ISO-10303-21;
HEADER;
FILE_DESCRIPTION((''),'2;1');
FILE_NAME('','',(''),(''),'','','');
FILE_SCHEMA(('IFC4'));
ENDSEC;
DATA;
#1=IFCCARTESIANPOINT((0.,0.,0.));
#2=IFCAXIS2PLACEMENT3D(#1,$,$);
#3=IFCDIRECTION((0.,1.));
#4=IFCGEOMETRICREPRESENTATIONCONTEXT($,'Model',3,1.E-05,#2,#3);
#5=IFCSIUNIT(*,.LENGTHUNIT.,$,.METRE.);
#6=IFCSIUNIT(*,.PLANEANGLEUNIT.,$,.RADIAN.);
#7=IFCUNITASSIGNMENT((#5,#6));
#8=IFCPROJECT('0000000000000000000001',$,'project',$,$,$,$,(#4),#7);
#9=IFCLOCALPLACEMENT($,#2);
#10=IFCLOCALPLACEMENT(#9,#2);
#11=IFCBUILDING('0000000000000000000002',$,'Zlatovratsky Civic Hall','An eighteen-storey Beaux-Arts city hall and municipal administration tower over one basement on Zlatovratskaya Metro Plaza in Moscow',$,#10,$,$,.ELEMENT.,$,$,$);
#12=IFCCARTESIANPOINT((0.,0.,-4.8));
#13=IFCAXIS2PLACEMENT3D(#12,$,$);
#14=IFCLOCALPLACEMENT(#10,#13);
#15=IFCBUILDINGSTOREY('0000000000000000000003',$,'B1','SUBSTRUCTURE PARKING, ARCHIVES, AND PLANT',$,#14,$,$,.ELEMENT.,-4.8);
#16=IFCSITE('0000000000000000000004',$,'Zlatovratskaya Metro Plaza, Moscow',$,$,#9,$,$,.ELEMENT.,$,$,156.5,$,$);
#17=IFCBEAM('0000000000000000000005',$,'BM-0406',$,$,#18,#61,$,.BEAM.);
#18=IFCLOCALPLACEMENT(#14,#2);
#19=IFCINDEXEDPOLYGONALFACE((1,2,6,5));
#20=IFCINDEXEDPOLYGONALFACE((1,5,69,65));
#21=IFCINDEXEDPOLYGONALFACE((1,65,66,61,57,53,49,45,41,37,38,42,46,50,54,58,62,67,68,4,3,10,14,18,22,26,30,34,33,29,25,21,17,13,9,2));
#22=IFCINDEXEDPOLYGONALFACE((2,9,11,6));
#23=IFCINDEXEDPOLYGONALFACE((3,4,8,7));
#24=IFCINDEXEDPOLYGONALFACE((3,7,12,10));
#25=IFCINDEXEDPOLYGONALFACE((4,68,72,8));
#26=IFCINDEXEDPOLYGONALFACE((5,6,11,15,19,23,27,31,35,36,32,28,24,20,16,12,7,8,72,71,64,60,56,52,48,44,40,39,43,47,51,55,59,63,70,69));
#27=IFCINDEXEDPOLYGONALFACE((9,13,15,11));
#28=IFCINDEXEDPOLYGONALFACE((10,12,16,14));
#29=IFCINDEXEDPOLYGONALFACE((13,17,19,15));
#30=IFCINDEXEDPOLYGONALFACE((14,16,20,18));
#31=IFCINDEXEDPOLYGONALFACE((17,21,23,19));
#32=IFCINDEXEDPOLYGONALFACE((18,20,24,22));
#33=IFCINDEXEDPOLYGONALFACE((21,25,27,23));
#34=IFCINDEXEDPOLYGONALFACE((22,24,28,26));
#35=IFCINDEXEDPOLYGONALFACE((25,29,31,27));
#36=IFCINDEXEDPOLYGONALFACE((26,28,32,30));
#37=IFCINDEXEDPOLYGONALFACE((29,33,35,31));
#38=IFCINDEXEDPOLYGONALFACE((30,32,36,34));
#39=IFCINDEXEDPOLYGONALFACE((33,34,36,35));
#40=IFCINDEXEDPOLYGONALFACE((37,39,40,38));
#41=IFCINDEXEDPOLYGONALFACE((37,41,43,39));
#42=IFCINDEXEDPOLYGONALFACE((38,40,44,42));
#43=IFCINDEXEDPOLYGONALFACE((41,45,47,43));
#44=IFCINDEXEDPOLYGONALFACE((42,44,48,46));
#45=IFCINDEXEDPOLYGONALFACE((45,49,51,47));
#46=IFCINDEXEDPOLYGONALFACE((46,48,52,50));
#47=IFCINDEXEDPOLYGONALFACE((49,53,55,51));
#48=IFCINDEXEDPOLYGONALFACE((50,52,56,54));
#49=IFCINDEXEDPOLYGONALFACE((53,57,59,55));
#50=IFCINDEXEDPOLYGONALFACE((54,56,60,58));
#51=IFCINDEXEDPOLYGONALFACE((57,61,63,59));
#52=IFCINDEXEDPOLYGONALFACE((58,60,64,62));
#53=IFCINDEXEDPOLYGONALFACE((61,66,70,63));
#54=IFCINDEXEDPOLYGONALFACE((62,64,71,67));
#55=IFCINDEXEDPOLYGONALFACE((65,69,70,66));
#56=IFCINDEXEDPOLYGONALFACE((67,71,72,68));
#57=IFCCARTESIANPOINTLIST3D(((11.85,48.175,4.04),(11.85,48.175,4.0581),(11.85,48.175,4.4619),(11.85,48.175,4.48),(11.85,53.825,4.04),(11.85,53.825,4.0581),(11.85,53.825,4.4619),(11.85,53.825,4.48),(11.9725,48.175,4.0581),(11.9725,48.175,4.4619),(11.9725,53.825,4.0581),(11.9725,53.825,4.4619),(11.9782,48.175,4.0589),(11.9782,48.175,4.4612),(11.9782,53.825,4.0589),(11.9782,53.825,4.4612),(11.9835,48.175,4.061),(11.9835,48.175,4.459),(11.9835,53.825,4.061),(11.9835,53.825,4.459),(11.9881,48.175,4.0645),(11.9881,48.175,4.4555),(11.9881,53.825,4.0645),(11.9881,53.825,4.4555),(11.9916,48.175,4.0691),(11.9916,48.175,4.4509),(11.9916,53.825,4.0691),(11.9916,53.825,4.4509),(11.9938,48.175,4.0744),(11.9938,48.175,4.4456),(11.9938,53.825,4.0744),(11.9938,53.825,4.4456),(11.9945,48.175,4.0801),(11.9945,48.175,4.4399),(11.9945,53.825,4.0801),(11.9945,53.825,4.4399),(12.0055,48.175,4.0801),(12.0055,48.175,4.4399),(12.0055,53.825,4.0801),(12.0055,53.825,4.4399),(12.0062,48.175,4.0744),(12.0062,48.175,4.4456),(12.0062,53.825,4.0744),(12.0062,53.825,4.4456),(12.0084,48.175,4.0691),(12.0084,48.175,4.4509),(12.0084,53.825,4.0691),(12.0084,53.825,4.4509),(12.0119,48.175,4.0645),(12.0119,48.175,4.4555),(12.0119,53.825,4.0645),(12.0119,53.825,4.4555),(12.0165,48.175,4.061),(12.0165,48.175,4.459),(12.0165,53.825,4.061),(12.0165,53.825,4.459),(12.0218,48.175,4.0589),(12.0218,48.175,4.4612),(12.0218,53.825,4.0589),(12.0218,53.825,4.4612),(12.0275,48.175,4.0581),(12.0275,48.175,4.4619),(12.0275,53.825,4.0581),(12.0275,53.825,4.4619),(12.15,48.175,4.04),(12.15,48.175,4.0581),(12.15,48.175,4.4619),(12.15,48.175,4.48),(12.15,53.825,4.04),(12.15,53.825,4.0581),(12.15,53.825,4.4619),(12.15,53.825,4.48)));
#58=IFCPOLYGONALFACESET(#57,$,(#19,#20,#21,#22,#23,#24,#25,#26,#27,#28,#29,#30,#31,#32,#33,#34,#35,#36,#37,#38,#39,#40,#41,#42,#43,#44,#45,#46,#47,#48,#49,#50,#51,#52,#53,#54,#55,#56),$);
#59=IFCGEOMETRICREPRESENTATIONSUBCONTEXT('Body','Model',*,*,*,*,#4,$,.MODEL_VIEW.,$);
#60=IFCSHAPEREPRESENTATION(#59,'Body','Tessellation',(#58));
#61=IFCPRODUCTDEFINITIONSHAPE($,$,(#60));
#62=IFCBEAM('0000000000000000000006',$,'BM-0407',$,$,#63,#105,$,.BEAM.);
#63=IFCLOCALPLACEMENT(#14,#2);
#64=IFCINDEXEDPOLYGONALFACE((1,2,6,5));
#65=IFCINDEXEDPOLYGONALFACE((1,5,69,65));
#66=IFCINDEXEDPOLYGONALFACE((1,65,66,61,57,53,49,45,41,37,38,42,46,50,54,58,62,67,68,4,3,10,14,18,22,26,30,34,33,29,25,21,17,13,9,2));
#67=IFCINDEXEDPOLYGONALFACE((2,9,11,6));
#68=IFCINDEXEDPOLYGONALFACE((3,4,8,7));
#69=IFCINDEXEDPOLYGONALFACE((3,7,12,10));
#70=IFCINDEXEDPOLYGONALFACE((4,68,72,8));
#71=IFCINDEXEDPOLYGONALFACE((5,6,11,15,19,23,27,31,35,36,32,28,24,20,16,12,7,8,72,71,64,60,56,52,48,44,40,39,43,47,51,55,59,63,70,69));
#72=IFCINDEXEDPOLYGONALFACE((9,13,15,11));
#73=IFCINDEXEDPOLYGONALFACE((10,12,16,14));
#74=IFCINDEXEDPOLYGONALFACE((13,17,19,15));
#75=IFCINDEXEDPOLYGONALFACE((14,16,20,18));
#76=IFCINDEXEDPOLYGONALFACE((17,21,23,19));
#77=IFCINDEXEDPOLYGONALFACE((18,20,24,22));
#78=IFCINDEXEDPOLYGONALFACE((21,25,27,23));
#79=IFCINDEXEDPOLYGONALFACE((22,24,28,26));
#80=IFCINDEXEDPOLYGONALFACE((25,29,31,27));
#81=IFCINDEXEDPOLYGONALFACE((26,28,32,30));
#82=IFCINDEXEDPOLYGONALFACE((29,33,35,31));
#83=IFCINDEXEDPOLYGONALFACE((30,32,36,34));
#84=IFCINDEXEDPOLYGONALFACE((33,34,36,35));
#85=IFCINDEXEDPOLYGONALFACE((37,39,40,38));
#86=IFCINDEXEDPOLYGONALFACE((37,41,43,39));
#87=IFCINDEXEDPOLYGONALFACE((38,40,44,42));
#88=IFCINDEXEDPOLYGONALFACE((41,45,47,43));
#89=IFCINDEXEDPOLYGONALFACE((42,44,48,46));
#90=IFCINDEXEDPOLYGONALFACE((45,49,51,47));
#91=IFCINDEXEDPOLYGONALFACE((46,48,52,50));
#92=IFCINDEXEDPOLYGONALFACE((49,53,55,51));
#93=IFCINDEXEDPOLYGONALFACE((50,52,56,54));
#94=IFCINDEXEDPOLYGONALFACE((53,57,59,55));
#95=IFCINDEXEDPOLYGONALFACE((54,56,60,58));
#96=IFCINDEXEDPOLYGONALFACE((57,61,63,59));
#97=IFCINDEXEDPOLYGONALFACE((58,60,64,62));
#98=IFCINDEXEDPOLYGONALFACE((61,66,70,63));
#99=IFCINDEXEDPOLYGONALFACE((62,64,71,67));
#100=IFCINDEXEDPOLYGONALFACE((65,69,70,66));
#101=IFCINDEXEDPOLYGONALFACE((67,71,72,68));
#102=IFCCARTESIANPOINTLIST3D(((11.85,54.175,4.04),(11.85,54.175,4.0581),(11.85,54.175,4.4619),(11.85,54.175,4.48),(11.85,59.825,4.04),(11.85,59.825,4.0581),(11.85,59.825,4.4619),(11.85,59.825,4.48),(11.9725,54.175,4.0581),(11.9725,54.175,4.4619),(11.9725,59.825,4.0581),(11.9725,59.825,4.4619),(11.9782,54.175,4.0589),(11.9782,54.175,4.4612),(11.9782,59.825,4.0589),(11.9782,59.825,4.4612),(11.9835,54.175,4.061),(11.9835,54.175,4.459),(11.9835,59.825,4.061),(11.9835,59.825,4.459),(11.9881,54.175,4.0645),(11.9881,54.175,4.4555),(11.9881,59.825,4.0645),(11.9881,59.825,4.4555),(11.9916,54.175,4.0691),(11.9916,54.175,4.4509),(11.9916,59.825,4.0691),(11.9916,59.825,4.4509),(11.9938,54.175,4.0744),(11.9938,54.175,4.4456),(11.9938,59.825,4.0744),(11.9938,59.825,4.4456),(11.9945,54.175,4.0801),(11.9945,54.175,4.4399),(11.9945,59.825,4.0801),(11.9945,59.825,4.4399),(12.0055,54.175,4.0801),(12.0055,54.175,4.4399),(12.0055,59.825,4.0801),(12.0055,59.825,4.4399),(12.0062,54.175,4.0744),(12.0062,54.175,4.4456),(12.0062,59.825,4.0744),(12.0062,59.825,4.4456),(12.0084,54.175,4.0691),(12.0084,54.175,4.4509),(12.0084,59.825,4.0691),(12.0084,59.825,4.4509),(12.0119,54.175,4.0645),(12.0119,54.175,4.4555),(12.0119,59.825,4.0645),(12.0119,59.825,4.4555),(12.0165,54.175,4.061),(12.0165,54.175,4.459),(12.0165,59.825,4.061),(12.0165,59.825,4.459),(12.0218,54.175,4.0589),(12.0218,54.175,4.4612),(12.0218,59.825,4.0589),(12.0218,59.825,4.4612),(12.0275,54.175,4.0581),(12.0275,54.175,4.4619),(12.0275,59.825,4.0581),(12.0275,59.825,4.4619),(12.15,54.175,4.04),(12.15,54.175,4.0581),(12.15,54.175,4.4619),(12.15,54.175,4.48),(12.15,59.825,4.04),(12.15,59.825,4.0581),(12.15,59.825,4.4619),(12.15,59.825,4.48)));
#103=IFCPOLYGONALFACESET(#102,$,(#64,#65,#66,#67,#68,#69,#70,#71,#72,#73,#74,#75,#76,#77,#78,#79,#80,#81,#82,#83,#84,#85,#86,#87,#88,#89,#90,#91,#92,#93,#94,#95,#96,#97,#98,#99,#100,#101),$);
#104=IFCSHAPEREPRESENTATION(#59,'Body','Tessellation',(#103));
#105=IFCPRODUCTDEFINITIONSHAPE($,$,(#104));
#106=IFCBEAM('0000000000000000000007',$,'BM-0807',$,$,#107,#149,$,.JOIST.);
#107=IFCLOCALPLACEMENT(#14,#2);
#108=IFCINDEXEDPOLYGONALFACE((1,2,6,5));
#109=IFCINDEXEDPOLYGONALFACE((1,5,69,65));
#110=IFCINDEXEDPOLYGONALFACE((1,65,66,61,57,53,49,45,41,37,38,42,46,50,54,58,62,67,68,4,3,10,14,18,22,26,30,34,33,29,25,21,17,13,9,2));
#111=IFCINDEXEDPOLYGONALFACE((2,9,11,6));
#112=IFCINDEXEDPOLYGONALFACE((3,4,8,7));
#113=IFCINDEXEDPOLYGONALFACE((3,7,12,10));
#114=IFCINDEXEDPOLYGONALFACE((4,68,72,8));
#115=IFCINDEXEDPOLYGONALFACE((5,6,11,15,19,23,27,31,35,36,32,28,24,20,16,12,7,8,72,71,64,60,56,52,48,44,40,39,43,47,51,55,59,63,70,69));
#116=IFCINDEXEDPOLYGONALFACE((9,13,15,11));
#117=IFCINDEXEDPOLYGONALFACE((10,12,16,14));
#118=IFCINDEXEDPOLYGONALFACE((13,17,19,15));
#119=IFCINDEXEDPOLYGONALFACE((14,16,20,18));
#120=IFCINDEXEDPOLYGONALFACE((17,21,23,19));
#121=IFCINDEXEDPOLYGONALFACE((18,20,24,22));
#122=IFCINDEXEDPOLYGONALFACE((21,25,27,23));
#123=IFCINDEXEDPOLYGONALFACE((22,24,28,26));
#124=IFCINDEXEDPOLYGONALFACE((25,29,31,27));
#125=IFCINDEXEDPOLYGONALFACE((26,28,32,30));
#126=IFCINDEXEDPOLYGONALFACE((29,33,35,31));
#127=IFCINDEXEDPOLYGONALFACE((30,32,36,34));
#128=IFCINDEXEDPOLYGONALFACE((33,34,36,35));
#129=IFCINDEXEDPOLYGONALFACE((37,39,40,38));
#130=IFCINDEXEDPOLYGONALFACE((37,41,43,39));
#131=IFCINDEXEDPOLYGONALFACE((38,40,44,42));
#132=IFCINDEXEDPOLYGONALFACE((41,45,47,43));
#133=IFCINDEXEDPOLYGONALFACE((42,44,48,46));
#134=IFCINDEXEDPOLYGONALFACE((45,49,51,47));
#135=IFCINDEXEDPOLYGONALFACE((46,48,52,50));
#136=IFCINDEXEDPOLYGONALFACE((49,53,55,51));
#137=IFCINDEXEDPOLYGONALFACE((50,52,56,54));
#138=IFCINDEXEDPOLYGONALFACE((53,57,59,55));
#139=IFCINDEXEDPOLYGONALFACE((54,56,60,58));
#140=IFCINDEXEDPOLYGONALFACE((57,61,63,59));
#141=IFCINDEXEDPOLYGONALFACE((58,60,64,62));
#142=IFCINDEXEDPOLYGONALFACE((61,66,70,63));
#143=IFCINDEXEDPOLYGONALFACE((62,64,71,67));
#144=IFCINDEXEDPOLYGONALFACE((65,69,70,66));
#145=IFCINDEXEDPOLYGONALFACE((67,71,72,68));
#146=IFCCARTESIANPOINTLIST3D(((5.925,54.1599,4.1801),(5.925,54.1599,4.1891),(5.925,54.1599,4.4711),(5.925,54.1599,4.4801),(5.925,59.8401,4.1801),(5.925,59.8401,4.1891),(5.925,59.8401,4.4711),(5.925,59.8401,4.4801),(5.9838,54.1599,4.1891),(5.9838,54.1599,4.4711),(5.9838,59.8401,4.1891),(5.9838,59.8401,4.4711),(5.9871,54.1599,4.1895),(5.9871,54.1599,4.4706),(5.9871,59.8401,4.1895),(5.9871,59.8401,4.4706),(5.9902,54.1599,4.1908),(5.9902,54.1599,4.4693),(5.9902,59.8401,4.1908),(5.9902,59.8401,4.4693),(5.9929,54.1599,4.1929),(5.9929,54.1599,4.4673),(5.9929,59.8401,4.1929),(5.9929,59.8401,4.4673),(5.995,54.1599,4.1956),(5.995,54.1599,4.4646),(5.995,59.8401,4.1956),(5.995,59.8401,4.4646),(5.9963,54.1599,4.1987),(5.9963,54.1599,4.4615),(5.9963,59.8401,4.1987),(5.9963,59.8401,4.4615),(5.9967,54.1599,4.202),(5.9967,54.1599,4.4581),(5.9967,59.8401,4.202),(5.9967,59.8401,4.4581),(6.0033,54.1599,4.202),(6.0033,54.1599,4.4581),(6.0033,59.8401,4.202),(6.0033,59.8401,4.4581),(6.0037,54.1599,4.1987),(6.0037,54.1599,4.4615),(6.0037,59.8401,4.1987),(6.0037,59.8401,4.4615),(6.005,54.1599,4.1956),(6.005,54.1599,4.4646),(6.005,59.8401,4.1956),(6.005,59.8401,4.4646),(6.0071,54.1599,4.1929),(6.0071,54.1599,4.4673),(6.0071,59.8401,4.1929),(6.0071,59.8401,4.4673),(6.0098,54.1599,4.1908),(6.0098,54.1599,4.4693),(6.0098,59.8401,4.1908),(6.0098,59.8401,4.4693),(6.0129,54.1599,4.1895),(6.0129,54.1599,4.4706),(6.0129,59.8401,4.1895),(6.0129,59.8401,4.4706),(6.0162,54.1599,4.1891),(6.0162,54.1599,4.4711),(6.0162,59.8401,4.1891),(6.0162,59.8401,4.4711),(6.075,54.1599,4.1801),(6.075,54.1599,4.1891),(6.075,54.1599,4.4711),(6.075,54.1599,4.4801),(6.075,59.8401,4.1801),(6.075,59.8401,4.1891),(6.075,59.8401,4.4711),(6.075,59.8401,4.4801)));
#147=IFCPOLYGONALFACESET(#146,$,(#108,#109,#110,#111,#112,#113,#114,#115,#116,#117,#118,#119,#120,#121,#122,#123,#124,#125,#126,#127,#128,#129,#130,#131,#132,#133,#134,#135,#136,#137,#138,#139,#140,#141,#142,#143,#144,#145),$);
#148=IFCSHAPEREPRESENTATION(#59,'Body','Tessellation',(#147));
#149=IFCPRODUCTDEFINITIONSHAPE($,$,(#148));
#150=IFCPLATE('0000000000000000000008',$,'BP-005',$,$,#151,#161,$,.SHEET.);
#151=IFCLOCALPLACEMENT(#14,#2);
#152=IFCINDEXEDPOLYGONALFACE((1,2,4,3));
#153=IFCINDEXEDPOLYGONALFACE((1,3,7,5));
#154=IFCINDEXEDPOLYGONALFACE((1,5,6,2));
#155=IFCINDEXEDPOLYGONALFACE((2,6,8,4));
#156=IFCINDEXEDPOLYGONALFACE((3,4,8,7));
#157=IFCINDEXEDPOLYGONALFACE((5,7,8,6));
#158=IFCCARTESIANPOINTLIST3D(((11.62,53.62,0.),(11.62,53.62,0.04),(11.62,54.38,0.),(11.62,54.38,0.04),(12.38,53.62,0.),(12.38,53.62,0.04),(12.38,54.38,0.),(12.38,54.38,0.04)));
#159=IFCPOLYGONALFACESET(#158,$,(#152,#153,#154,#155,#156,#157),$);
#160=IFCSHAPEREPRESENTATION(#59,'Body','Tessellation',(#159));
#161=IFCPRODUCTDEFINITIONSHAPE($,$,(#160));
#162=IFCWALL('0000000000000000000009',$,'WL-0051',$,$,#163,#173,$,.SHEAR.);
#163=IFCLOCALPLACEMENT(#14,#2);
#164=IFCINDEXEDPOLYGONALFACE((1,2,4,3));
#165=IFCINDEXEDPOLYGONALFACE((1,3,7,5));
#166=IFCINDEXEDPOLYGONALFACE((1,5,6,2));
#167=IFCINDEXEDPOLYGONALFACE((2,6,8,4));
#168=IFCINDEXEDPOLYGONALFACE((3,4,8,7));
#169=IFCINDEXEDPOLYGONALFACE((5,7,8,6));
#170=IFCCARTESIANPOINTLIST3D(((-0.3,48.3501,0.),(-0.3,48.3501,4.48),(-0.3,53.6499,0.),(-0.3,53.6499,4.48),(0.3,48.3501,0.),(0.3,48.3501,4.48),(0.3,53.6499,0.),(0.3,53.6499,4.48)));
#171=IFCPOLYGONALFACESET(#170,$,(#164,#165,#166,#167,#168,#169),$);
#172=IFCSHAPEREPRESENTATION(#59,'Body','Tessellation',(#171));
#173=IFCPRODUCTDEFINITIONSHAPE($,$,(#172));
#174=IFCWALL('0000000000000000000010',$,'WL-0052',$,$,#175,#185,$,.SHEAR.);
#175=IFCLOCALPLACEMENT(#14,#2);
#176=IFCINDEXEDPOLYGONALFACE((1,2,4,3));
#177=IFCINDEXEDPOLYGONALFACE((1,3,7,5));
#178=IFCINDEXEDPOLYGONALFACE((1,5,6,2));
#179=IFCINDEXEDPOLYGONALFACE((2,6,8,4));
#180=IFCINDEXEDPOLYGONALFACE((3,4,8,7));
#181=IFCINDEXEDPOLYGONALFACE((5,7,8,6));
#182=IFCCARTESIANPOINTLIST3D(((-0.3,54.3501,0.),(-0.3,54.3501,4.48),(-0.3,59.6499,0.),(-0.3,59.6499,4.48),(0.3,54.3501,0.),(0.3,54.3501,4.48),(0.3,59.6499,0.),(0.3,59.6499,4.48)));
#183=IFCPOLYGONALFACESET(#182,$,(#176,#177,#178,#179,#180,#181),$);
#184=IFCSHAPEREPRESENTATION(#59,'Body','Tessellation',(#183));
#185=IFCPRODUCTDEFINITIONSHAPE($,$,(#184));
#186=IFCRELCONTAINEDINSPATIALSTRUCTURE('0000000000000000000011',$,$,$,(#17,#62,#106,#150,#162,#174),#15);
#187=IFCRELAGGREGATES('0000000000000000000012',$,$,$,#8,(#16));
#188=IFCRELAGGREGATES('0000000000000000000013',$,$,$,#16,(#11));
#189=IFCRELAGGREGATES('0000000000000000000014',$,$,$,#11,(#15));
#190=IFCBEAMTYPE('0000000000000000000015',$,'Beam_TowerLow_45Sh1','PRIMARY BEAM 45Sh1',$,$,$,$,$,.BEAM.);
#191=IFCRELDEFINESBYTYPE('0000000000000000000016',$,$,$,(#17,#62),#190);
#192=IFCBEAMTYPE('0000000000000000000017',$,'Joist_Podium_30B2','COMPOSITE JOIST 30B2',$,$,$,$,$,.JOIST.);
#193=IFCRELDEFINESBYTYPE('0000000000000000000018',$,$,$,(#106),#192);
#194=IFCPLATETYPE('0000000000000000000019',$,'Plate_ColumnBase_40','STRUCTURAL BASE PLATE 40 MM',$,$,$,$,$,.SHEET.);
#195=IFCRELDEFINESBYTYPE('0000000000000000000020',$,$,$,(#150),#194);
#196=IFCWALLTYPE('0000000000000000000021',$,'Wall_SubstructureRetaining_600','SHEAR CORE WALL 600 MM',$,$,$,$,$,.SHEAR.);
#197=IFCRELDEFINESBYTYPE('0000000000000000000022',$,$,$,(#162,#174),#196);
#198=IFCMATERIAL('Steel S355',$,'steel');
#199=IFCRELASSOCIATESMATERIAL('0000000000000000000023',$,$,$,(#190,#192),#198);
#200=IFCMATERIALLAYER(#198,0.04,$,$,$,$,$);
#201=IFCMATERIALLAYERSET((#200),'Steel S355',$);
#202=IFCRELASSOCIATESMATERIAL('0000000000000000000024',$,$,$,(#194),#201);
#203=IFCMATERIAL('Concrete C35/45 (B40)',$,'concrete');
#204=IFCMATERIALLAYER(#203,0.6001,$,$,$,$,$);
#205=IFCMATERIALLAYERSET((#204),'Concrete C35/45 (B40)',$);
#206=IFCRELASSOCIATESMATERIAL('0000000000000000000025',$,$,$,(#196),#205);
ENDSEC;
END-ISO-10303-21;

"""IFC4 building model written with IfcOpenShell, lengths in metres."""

from ifc_helpers import new_model, si_unit, direction, frame, frame_2d, origin, origin_2d, place, context, subcontext, project, spatial, rectangle, i_section, extrude, material, layer, layer_set, material_profile, profile_set, type_object, element, save


model = new_model("IFC4")

# Units and contexts
model_context = context("Model", 3, precision=1e-05, world=origin(), true_north=direction((0.0, 1.0)))
body_context = subcontext(model_context, "Body", "Model", "MODEL_VIEW")
ifc_project = project(units=[si_unit("LENGTHUNIT", "METRE"), si_unit("PLANEANGLEUNIT", "RADIAN")], contexts=[model_context])

# Site, building, storey
site_placement = place(None, origin())
site = spatial("IfcSite", under=ifc_project, at=site_placement, Name="Zlatovratskaya Metro Plaza, Moscow", CompositionType="ELEMENT", RefElevation=156.5)
building_placement = place(site_placement, origin())
building = spatial("IfcBuilding", under=site, at=building_placement, Name="Zlatovratsky Civic Hall", Description="An eighteen-storey Beaux-Arts city hall and municipal administration tower over one basement on Zlatovratskaya Metro Plaza in Moscow", CompositionType="ELEMENT")
storey_placement = place(building_placement, frame((0.0, 0.0, -4.8)))
storey = spatial("IfcBuildingStorey", under=building, at=storey_placement, Name="B1", Description="SUBSTRUCTURE PARKING, ARCHIVES, AND PLANT", CompositionType="ELEMENT", Elevation=-4.8)

# Shared definitions
ifc_material_1 = material(Name="Concrete C35/45 (B40)", Category="concrete")
ifc_material_2 = material(Name="Steel S355", Category="steel")

# Beams
ifc_material_profile_1 = material_profile(ifc_material_2, i_section(OverallWidth=0.3, OverallDepth=0.4399, WebThickness=0.011, FlangeThickness=0.0181, FilletRadius=0.022, at=origin_2d()), Name="45Sh1")
ifc_profile_set_1 = profile_set([ifc_material_profile_1], Name="Steel S355")
beam_type_1 = type_object("IfcBeamType", Name="Beam_TowerLow_45Sh1", Description="PRIMARY BEAM 45Sh1", PredefinedType="BEAM", material=ifc_profile_set_1)
for number, where, z_axis, x_axis, name in (
    (1, (12.0, 48.175, 4.26), (0.0, 1.0, 0.0), (-1.0, 0.0, 0.0), "BM-0406"),
    (2, (12.0, 54.175, 4.26), (0.0, 1.0, 0.0), (-1.0, 0.0, 0.0), "BM-0407"),
):
    element("IfcBeam", number, at=place(storey_placement, frame(where, z_axis=z_axis, x_axis=x_axis)), inside=storey, type_object=beam_type_1, Name=name, PredefinedType="BEAM", context=body_context, shape_type="SweptSolid", body=[
        extrude(i_section(OverallWidth=0.3, OverallDepth=0.4399, WebThickness=0.011, FlangeThickness=0.0181, FilletRadius=0.022, at=origin_2d()), origin(), (0.0, 0.0, 1.0), 5.6499),
    ])
ifc_material_profile_2 = material_profile(ifc_material_2, i_section(OverallWidth=0.1499, OverallDepth=0.3, WebThickness=0.0066, FlangeThickness=0.009, FilletRadius=0.0129, at=origin_2d()), Name="30B2")
ifc_profile_set_2 = profile_set([ifc_material_profile_2], Name="Steel S355")
beam_type_2 = type_object("IfcBeamType", Name="Joist_Podium_30B2", Description="COMPOSITE JOIST 30B2", PredefinedType="JOIST", material=ifc_profile_set_2)
beam_1_placement = place(storey_placement, frame((6.0, 54.1599, 4.3301), z_axis=(0.0, 1.0, 0.0), x_axis=(-1.0, 0.0, 0.0)))
element("IfcBeam", 3, at=beam_1_placement, inside=storey, type_object=beam_type_2, Name="BM-0807", PredefinedType="JOIST", context=body_context, shape_type="SweptSolid", body=[
    extrude(i_section(OverallWidth=0.1499, OverallDepth=0.3, WebThickness=0.0066, FlangeThickness=0.009, FilletRadius=0.0129, at=origin_2d()), origin(), (0.0, 0.0, 1.0), 5.6802),
])

# Plate
ifc_layer_1 = layer(ifc_material_2, 0.04)
ifc_layer_set_1 = layer_set([ifc_layer_1], Name="Steel S355")
plate_type = type_object("IfcPlateType", Name="Plate_ColumnBase_40", Description="STRUCTURAL BASE PLATE 40 MM", PredefinedType="SHEET", material=ifc_layer_set_1)
plate_placement = place(storey_placement, frame((12.0, 54.0, 0.0), z_axis=(0.0, 0.0, 1.0), x_axis=(1.0, 0.0, 0.0)))
element("IfcPlate", 4, at=plate_placement, inside=storey, type_object=plate_type, Name="BP-005", PredefinedType="SHEET", context=body_context, shape_type="SweptSolid", body=[
    extrude(rectangle(XDim=0.76, YDim=0.76, at=origin_2d()), origin(), (0.0, 0.0, 1.0), 0.04),
])

# Walls
ifc_layer_2 = layer(ifc_material_1, 0.6001)
ifc_layer_set_2 = layer_set([ifc_layer_2], Name="Concrete C35/45 (B40)")
wall_type = type_object("IfcWallType", Name="Wall_SubstructureRetaining_600", Description="SHEAR CORE WALL 600 MM", PredefinedType="SHEAR", material=ifc_layer_set_2)
for number, where, z_axis, x_axis, name in (
    (5, (0.0, 48.3501, 0.0), (0.0, 0.0, 1.0), (0.0, 1.0, 0.0), "WL-0051"),
    (6, (0.0, 54.3501, 0.0), (0.0, 0.0, 1.0), (0.0, 1.0, 0.0), "WL-0052"),
):
    element("IfcWall", number, at=place(storey_placement, frame(where, z_axis=z_axis, x_axis=x_axis)), inside=storey, type_object=wall_type, Name=name, PredefinedType="SHEAR", context=body_context, shape_type="SweptSolid", body=[
        extrude(rectangle(XDim=5.2998, YDim=0.6001, at=frame_2d((2.6499, 0.0))), origin(), (0.0, 0.0, 1.0), 4.48),
    ])

save(model, "model.ifc")
